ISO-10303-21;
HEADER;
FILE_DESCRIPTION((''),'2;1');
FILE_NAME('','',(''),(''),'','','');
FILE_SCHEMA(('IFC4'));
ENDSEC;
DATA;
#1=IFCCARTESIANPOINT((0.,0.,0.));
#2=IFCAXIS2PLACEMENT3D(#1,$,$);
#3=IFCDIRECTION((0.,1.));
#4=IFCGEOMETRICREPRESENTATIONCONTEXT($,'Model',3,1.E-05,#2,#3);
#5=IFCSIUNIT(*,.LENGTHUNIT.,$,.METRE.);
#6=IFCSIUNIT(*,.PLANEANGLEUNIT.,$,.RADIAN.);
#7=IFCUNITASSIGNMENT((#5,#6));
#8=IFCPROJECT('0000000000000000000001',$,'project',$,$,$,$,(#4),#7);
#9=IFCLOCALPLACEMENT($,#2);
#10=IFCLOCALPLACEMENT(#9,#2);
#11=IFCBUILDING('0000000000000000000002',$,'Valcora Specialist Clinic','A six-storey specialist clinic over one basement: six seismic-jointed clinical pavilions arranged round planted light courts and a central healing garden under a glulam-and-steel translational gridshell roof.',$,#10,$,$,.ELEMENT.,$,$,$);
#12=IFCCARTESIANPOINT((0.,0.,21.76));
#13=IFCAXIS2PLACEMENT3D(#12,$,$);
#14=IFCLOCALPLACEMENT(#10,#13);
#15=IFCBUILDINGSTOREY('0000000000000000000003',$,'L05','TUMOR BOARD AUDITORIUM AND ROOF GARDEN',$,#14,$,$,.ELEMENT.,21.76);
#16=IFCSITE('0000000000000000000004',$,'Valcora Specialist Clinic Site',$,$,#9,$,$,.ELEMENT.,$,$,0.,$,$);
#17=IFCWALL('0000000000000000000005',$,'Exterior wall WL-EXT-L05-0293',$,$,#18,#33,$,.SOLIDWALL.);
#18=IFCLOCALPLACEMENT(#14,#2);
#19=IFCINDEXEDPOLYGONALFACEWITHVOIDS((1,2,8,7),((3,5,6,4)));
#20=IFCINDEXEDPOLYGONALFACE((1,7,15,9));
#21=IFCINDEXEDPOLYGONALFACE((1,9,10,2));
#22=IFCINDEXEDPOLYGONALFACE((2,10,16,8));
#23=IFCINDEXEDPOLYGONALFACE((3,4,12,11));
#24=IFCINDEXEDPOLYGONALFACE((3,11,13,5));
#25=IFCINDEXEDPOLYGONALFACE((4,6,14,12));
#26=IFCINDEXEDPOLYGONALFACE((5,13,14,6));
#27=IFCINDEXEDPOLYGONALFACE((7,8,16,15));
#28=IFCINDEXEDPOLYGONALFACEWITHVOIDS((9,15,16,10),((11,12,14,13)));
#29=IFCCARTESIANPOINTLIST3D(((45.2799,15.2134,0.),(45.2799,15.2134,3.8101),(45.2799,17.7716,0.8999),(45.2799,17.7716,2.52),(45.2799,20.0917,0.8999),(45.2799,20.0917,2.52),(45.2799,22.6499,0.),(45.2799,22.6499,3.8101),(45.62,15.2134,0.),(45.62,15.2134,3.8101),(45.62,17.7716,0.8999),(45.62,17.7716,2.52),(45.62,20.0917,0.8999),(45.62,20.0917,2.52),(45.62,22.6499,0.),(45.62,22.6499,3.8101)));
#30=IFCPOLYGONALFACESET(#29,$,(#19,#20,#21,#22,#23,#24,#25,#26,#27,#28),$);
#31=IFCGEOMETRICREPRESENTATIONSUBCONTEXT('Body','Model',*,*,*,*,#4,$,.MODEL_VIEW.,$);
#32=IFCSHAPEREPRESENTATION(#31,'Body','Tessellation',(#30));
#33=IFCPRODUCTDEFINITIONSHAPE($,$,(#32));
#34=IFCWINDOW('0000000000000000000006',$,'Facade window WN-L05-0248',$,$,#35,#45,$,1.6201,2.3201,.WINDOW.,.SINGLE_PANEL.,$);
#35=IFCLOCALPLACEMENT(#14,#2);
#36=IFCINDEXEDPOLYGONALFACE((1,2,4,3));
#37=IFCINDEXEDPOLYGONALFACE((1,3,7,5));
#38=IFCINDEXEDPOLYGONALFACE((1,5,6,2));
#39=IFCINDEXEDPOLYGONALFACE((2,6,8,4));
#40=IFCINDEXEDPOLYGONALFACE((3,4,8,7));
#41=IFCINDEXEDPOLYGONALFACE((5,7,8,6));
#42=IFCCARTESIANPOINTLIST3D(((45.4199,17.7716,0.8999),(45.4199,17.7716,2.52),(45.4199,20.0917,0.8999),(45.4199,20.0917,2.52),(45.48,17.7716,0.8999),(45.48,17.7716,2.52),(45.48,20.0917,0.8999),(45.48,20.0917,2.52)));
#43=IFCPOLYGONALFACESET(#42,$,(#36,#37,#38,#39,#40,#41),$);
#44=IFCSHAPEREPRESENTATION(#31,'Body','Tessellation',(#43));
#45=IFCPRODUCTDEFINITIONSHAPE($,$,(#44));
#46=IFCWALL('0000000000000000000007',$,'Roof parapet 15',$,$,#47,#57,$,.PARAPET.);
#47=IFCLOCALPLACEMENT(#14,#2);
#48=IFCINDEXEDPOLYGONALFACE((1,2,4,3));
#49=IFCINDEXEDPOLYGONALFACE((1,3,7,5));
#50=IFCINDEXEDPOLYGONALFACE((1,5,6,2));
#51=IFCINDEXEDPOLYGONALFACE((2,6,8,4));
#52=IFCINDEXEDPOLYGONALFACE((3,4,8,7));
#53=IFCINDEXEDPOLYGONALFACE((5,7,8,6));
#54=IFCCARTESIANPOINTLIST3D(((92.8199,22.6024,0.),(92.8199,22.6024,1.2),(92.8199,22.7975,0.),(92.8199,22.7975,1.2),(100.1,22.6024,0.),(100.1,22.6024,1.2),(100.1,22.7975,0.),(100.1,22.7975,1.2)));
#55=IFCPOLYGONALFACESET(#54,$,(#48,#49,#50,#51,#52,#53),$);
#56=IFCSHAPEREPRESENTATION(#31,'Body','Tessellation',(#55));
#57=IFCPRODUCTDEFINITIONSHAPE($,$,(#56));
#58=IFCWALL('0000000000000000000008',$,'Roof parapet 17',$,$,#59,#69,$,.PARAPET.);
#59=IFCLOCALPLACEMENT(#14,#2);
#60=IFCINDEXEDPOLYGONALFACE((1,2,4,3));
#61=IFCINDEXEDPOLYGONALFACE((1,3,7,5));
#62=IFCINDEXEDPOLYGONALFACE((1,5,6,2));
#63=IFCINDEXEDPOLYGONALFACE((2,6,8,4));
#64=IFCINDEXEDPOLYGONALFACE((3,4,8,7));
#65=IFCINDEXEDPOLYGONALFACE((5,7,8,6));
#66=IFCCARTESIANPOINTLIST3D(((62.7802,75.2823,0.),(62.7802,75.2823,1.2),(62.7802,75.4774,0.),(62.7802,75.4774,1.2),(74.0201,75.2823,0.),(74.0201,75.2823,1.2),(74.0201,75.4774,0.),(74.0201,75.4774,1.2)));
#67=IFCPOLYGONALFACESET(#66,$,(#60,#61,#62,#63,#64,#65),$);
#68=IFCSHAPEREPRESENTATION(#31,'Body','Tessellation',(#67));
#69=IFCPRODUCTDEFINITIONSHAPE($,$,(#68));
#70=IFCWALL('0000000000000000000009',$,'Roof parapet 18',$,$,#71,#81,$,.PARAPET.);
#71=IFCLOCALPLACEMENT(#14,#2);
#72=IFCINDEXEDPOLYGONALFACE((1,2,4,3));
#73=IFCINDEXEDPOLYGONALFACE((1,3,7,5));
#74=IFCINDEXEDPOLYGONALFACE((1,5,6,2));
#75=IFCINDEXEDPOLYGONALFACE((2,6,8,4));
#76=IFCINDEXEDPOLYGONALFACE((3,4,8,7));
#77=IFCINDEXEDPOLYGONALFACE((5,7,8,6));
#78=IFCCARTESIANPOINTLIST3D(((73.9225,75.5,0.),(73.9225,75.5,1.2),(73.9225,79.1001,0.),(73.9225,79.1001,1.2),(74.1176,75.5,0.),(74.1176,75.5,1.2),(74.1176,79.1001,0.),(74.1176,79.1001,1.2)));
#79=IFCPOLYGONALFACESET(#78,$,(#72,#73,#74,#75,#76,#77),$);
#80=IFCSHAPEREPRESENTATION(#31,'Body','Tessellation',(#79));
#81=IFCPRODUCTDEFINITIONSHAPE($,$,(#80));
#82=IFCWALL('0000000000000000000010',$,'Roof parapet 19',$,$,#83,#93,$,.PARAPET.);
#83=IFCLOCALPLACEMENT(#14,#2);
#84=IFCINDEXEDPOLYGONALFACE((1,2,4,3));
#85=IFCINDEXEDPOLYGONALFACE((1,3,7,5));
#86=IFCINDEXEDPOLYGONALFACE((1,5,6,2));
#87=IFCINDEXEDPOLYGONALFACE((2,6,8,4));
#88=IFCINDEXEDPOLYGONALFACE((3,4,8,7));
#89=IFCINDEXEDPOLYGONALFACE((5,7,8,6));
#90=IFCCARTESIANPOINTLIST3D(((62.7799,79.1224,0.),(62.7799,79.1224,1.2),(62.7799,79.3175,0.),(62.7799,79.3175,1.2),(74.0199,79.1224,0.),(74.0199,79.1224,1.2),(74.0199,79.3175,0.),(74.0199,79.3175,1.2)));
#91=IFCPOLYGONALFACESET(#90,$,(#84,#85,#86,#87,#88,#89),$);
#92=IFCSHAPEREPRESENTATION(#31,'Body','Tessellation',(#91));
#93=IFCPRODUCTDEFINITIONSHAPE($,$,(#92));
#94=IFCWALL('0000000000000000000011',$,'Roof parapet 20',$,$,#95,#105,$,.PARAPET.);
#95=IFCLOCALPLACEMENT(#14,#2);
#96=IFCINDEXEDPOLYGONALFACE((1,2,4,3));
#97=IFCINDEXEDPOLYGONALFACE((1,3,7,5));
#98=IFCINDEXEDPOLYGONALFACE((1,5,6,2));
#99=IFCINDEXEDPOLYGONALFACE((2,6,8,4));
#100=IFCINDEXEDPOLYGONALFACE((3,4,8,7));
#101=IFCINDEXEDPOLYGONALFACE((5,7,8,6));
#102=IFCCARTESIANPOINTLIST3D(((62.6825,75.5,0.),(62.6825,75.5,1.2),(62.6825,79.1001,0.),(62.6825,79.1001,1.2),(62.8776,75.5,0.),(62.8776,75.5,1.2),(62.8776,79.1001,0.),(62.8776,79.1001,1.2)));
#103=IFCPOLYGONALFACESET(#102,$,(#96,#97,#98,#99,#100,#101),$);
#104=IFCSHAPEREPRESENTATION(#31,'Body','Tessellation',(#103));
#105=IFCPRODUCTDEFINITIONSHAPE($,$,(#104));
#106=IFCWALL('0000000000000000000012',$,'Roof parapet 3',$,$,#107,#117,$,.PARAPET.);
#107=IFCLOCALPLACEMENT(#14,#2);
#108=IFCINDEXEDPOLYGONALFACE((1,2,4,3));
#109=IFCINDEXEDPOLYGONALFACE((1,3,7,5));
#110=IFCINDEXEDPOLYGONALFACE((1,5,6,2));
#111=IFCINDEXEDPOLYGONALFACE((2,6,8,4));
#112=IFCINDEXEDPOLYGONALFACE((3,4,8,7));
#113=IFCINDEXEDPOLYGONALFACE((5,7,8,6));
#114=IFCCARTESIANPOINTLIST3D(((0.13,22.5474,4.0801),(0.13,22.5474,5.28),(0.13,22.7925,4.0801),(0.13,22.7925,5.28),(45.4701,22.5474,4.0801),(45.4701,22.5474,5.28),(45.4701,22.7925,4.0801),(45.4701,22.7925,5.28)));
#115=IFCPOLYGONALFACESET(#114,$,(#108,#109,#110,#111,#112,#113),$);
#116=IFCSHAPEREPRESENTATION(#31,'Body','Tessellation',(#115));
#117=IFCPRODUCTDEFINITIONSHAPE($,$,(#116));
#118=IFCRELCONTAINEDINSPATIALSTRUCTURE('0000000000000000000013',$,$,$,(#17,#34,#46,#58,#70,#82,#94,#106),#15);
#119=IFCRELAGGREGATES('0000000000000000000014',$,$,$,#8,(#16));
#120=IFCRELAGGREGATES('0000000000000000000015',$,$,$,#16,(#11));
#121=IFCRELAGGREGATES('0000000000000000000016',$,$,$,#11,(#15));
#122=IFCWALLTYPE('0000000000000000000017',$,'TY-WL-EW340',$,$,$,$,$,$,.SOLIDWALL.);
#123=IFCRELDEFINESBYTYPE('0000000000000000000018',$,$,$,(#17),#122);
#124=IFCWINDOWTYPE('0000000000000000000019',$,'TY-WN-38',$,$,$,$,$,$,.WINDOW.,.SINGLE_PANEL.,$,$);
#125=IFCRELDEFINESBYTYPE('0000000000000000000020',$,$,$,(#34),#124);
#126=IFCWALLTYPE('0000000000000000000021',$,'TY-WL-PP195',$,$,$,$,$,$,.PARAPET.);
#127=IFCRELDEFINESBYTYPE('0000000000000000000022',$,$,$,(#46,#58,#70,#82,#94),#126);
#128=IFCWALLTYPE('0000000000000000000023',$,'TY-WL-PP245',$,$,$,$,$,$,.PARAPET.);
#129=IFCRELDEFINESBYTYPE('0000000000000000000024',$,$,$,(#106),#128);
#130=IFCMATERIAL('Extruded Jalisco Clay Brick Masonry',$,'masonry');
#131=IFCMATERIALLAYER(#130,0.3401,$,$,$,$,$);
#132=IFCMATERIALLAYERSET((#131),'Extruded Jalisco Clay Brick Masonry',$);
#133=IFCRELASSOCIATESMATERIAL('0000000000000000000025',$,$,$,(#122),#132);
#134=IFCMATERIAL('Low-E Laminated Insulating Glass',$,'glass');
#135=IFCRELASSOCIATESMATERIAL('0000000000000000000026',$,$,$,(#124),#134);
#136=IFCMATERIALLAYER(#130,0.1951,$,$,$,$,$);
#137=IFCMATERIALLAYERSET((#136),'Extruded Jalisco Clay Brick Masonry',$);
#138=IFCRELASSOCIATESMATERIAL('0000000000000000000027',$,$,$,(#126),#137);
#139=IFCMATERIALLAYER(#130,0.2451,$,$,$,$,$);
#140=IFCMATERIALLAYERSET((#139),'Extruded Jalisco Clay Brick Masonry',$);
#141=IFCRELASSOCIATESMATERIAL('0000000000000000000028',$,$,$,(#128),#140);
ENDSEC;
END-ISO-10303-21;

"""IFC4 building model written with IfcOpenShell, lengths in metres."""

from ifc_helpers import new_model, si_unit, direction, frame, frame_2d, origin, place, context, subcontext, project, spatial, rectangle, extrude, material, layer, layer_set, type_object, element, fill, save


model = new_model("IFC4")

# Units and contexts
model_context = context("Model", 3, precision=1e-05, world=origin(), true_north=direction((0.0, 1.0)))
body_context = subcontext(model_context, "Body", "Model", "MODEL_VIEW")
ifc_project = project(units=[si_unit("LENGTHUNIT", "METRE"), si_unit("PLANEANGLEUNIT", "RADIAN")], contexts=[model_context])

# Site, building, storey
site_placement = place(None, origin())
site = spatial("IfcSite", under=ifc_project, at=site_placement, Name="Valcora Specialist Clinic Site", CompositionType="ELEMENT", RefElevation=0.0)
building_placement = place(site_placement, origin())
building = spatial("IfcBuilding", under=site, at=building_placement, Name="Valcora Specialist Clinic", Description="A six-storey specialist clinic over one basement: six seismic-jointed clinical pavilions arranged round planted light courts and a central healing garden under a glulam-and-steel translational gridshell roof.", CompositionType="ELEMENT")
storey_placement = place(building_placement, frame((0.0, 0.0, 21.76)))
storey = spatial("IfcBuildingStorey", under=building, at=storey_placement, Name="L05", Description="TUMOR BOARD AUDITORIUM AND ROOF GARDEN", CompositionType="ELEMENT", Elevation=21.76)

# Shared definitions
ifc_material_1 = material(Name="Low-E Laminated Insulating Glass", Category="glass")

# Wall, opening, window
ifc_material_2 = material(Name="Extruded Jalisco Clay Brick Masonry", Category="masonry")
ifc_layer_1 = layer(ifc_material_2, 0.3401)
ifc_layer_set_1 = layer_set([ifc_layer_1], Name="Extruded Jalisco Clay Brick Masonry")
wall_type_1 = type_object("IfcWallType", Name="TY-WL-EW340", PredefinedType="SOLIDWALL", material=ifc_layer_set_1)
wall_1_placement = place(storey_placement, frame((45.45, 22.6499, 0.0), z_axis=(0.0, 0.0, 1.0), x_axis=(0.0, -1.0, 0.0)))
wall_1 = element("IfcWall", 1, at=wall_1_placement, inside=storey, type_object=wall_type_1, Name="Exterior wall WL-EXT-L05-0293", PredefinedType="SOLIDWALL", context=body_context, shape_type="SweptSolid", body=[
    extrude(rectangle(XDim=7.4365, YDim=0.3401, at=frame_2d((3.7183, 0.0))), origin(), (0.0, 0.0, 1.0), 3.8101),
])
opening_placement = place(wall_1_placement, frame((2.5581, 0.0, 0.8999)))
opening = element("IfcOpeningElement", 2, at=opening_placement, cuts=wall_1, PredefinedType="OPENING", context=body_context, shape_type="SweptSolid", body=[
    extrude(rectangle(XDim=2.3201, YDim=1.6201, at=frame_2d((1.1602, 0.8101))), frame((0.0, 0.1799, 0.0), z_axis=(0.0, -1.0, 0.0), x_axis=(1.0, 0.0, 0.0)), (0.0, 0.0, 1.0), 0.3601),
])
window_type = type_object("IfcWindowType", Name="TY-WN-38", PartitioningType="SINGLE_PANEL", PredefinedType="WINDOW", material=ifc_material_1)
window_placement = place(opening_placement, origin())
window = element("IfcWindow", 3, at=window_placement, inside=storey, type_object=window_type, Name="Facade window WN-L05-0248", OverallHeight=1.6201, OverallWidth=2.3201, PartitioningType="SINGLE_PANEL", PredefinedType="WINDOW", context=body_context, shape_type="SweptSolid", body=[
    extrude(rectangle(XDim=2.3201, YDim=1.6201, at=frame_2d((1.1602, 0.8101))), frame((0.0, 0.03, 0.0), z_axis=(0.0, -1.0, 0.0), x_axis=(1.0, 0.0, 0.0)), (0.0, 0.0, 1.0), 0.0601),
])
fill(opening, window)

# Walls
ifc_layer_2 = layer(ifc_material_2, 0.1951)
ifc_layer_set_2 = layer_set([ifc_layer_2], Name="Extruded Jalisco Clay Brick Masonry")
wall_type_2 = type_object("IfcWallType", Name="TY-WL-PP195", PredefinedType="PARAPET", material=ifc_layer_set_2)
wall_2_placement = place(storey_placement, frame((100.1001, 22.7, 0.0), z_axis=(0.0, 0.0, 1.0), x_axis=(-1.0, 0.0, 0.0)))
element("IfcWall", 4, at=wall_2_placement, inside=storey, type_object=wall_type_2, Name="Roof parapet 15", PredefinedType="PARAPET", context=body_context, shape_type="SweptSolid", body=[
    extrude(rectangle(XDim=7.28, YDim=0.1951, at=frame_2d((3.6401, 0.0))), origin(), (0.0, 0.0, 1.0), 1.2),
])
wall_3_placement = place(storey_placement, frame((62.78, 75.3799, 0.0), z_axis=(0.0, 0.0, 1.0), x_axis=(1.0, 0.0, 0.0)))
element("IfcWall", 5, at=wall_3_placement, inside=storey, type_object=wall_type_2, Name="Roof parapet 17", PredefinedType="PARAPET", context=body_context, shape_type="SweptSolid", body=[
    extrude(rectangle(XDim=11.24, YDim=0.1951, at=frame_2d((5.6201, 0.0))), origin(), (0.0, 0.0, 1.0), 1.2),
])
wall_4_placement = place(storey_placement, frame((74.02, 75.5, 0.0), z_axis=(0.0, 0.0, 1.0), x_axis=(0.0, 1.0, 0.0)))
element("IfcWall", 6, at=wall_4_placement, inside=storey, type_object=wall_type_2, Name="Roof parapet 18", PredefinedType="PARAPET", context=body_context, shape_type="SweptSolid", body=[
    extrude(rectangle(XDim=3.6001, YDim=0.1951, at=frame_2d((1.8, 0.0))), origin(), (0.0, 0.0, 1.0), 1.2),
])
wall_5_placement = place(storey_placement, frame((74.02, 79.22, 0.0), z_axis=(0.0, 0.0, 1.0), x_axis=(-1.0, 0.0, 0.0)))
element("IfcWall", 7, at=wall_5_placement, inside=storey, type_object=wall_type_2, Name="Roof parapet 19", PredefinedType="PARAPET", context=body_context, shape_type="SweptSolid", body=[
    extrude(rectangle(XDim=11.24, YDim=0.1951, at=frame_2d((5.6201, 0.0))), origin(), (0.0, 0.0, 1.0), 1.2),
])
wall_6_placement = place(storey_placement, frame((62.78, 79.1001, 0.0), z_axis=(0.0, 0.0, 1.0), x_axis=(0.0, -1.0, 0.0)))
element("IfcWall", 8, at=wall_6_placement, inside=storey, type_object=wall_type_2, Name="Roof parapet 20", PredefinedType="PARAPET", context=body_context, shape_type="SweptSolid", body=[
    extrude(rectangle(XDim=3.6001, YDim=0.1951, at=frame_2d((1.8, 0.0))), origin(), (0.0, 0.0, 1.0), 1.2),
])
ifc_layer_3 = layer(ifc_material_2, 0.2451)
ifc_layer_set_3 = layer_set([ifc_layer_3], Name="Extruded Jalisco Clay Brick Masonry")
wall_type_3 = type_object("IfcWallType", Name="TY-WL-PP245", PredefinedType="PARAPET", material=ifc_layer_set_3)
wall_7_placement = place(storey_placement, frame((45.47, 22.6699, 4.0801), z_axis=(0.0, 0.0, 1.0), x_axis=(-1.0, 0.0, 0.0)))
element("IfcWall", 9, at=wall_7_placement, inside=storey, type_object=wall_type_3, Name="Roof parapet 3", PredefinedType="PARAPET", context=body_context, shape_type="SweptSolid", body=[
    extrude(rectangle(XDim=45.3401, YDim=0.2451, at=frame_2d((22.6699, 0.0))), origin(), (0.0, 0.0, 1.0), 1.2),
])

save(model, "model.ifc")
